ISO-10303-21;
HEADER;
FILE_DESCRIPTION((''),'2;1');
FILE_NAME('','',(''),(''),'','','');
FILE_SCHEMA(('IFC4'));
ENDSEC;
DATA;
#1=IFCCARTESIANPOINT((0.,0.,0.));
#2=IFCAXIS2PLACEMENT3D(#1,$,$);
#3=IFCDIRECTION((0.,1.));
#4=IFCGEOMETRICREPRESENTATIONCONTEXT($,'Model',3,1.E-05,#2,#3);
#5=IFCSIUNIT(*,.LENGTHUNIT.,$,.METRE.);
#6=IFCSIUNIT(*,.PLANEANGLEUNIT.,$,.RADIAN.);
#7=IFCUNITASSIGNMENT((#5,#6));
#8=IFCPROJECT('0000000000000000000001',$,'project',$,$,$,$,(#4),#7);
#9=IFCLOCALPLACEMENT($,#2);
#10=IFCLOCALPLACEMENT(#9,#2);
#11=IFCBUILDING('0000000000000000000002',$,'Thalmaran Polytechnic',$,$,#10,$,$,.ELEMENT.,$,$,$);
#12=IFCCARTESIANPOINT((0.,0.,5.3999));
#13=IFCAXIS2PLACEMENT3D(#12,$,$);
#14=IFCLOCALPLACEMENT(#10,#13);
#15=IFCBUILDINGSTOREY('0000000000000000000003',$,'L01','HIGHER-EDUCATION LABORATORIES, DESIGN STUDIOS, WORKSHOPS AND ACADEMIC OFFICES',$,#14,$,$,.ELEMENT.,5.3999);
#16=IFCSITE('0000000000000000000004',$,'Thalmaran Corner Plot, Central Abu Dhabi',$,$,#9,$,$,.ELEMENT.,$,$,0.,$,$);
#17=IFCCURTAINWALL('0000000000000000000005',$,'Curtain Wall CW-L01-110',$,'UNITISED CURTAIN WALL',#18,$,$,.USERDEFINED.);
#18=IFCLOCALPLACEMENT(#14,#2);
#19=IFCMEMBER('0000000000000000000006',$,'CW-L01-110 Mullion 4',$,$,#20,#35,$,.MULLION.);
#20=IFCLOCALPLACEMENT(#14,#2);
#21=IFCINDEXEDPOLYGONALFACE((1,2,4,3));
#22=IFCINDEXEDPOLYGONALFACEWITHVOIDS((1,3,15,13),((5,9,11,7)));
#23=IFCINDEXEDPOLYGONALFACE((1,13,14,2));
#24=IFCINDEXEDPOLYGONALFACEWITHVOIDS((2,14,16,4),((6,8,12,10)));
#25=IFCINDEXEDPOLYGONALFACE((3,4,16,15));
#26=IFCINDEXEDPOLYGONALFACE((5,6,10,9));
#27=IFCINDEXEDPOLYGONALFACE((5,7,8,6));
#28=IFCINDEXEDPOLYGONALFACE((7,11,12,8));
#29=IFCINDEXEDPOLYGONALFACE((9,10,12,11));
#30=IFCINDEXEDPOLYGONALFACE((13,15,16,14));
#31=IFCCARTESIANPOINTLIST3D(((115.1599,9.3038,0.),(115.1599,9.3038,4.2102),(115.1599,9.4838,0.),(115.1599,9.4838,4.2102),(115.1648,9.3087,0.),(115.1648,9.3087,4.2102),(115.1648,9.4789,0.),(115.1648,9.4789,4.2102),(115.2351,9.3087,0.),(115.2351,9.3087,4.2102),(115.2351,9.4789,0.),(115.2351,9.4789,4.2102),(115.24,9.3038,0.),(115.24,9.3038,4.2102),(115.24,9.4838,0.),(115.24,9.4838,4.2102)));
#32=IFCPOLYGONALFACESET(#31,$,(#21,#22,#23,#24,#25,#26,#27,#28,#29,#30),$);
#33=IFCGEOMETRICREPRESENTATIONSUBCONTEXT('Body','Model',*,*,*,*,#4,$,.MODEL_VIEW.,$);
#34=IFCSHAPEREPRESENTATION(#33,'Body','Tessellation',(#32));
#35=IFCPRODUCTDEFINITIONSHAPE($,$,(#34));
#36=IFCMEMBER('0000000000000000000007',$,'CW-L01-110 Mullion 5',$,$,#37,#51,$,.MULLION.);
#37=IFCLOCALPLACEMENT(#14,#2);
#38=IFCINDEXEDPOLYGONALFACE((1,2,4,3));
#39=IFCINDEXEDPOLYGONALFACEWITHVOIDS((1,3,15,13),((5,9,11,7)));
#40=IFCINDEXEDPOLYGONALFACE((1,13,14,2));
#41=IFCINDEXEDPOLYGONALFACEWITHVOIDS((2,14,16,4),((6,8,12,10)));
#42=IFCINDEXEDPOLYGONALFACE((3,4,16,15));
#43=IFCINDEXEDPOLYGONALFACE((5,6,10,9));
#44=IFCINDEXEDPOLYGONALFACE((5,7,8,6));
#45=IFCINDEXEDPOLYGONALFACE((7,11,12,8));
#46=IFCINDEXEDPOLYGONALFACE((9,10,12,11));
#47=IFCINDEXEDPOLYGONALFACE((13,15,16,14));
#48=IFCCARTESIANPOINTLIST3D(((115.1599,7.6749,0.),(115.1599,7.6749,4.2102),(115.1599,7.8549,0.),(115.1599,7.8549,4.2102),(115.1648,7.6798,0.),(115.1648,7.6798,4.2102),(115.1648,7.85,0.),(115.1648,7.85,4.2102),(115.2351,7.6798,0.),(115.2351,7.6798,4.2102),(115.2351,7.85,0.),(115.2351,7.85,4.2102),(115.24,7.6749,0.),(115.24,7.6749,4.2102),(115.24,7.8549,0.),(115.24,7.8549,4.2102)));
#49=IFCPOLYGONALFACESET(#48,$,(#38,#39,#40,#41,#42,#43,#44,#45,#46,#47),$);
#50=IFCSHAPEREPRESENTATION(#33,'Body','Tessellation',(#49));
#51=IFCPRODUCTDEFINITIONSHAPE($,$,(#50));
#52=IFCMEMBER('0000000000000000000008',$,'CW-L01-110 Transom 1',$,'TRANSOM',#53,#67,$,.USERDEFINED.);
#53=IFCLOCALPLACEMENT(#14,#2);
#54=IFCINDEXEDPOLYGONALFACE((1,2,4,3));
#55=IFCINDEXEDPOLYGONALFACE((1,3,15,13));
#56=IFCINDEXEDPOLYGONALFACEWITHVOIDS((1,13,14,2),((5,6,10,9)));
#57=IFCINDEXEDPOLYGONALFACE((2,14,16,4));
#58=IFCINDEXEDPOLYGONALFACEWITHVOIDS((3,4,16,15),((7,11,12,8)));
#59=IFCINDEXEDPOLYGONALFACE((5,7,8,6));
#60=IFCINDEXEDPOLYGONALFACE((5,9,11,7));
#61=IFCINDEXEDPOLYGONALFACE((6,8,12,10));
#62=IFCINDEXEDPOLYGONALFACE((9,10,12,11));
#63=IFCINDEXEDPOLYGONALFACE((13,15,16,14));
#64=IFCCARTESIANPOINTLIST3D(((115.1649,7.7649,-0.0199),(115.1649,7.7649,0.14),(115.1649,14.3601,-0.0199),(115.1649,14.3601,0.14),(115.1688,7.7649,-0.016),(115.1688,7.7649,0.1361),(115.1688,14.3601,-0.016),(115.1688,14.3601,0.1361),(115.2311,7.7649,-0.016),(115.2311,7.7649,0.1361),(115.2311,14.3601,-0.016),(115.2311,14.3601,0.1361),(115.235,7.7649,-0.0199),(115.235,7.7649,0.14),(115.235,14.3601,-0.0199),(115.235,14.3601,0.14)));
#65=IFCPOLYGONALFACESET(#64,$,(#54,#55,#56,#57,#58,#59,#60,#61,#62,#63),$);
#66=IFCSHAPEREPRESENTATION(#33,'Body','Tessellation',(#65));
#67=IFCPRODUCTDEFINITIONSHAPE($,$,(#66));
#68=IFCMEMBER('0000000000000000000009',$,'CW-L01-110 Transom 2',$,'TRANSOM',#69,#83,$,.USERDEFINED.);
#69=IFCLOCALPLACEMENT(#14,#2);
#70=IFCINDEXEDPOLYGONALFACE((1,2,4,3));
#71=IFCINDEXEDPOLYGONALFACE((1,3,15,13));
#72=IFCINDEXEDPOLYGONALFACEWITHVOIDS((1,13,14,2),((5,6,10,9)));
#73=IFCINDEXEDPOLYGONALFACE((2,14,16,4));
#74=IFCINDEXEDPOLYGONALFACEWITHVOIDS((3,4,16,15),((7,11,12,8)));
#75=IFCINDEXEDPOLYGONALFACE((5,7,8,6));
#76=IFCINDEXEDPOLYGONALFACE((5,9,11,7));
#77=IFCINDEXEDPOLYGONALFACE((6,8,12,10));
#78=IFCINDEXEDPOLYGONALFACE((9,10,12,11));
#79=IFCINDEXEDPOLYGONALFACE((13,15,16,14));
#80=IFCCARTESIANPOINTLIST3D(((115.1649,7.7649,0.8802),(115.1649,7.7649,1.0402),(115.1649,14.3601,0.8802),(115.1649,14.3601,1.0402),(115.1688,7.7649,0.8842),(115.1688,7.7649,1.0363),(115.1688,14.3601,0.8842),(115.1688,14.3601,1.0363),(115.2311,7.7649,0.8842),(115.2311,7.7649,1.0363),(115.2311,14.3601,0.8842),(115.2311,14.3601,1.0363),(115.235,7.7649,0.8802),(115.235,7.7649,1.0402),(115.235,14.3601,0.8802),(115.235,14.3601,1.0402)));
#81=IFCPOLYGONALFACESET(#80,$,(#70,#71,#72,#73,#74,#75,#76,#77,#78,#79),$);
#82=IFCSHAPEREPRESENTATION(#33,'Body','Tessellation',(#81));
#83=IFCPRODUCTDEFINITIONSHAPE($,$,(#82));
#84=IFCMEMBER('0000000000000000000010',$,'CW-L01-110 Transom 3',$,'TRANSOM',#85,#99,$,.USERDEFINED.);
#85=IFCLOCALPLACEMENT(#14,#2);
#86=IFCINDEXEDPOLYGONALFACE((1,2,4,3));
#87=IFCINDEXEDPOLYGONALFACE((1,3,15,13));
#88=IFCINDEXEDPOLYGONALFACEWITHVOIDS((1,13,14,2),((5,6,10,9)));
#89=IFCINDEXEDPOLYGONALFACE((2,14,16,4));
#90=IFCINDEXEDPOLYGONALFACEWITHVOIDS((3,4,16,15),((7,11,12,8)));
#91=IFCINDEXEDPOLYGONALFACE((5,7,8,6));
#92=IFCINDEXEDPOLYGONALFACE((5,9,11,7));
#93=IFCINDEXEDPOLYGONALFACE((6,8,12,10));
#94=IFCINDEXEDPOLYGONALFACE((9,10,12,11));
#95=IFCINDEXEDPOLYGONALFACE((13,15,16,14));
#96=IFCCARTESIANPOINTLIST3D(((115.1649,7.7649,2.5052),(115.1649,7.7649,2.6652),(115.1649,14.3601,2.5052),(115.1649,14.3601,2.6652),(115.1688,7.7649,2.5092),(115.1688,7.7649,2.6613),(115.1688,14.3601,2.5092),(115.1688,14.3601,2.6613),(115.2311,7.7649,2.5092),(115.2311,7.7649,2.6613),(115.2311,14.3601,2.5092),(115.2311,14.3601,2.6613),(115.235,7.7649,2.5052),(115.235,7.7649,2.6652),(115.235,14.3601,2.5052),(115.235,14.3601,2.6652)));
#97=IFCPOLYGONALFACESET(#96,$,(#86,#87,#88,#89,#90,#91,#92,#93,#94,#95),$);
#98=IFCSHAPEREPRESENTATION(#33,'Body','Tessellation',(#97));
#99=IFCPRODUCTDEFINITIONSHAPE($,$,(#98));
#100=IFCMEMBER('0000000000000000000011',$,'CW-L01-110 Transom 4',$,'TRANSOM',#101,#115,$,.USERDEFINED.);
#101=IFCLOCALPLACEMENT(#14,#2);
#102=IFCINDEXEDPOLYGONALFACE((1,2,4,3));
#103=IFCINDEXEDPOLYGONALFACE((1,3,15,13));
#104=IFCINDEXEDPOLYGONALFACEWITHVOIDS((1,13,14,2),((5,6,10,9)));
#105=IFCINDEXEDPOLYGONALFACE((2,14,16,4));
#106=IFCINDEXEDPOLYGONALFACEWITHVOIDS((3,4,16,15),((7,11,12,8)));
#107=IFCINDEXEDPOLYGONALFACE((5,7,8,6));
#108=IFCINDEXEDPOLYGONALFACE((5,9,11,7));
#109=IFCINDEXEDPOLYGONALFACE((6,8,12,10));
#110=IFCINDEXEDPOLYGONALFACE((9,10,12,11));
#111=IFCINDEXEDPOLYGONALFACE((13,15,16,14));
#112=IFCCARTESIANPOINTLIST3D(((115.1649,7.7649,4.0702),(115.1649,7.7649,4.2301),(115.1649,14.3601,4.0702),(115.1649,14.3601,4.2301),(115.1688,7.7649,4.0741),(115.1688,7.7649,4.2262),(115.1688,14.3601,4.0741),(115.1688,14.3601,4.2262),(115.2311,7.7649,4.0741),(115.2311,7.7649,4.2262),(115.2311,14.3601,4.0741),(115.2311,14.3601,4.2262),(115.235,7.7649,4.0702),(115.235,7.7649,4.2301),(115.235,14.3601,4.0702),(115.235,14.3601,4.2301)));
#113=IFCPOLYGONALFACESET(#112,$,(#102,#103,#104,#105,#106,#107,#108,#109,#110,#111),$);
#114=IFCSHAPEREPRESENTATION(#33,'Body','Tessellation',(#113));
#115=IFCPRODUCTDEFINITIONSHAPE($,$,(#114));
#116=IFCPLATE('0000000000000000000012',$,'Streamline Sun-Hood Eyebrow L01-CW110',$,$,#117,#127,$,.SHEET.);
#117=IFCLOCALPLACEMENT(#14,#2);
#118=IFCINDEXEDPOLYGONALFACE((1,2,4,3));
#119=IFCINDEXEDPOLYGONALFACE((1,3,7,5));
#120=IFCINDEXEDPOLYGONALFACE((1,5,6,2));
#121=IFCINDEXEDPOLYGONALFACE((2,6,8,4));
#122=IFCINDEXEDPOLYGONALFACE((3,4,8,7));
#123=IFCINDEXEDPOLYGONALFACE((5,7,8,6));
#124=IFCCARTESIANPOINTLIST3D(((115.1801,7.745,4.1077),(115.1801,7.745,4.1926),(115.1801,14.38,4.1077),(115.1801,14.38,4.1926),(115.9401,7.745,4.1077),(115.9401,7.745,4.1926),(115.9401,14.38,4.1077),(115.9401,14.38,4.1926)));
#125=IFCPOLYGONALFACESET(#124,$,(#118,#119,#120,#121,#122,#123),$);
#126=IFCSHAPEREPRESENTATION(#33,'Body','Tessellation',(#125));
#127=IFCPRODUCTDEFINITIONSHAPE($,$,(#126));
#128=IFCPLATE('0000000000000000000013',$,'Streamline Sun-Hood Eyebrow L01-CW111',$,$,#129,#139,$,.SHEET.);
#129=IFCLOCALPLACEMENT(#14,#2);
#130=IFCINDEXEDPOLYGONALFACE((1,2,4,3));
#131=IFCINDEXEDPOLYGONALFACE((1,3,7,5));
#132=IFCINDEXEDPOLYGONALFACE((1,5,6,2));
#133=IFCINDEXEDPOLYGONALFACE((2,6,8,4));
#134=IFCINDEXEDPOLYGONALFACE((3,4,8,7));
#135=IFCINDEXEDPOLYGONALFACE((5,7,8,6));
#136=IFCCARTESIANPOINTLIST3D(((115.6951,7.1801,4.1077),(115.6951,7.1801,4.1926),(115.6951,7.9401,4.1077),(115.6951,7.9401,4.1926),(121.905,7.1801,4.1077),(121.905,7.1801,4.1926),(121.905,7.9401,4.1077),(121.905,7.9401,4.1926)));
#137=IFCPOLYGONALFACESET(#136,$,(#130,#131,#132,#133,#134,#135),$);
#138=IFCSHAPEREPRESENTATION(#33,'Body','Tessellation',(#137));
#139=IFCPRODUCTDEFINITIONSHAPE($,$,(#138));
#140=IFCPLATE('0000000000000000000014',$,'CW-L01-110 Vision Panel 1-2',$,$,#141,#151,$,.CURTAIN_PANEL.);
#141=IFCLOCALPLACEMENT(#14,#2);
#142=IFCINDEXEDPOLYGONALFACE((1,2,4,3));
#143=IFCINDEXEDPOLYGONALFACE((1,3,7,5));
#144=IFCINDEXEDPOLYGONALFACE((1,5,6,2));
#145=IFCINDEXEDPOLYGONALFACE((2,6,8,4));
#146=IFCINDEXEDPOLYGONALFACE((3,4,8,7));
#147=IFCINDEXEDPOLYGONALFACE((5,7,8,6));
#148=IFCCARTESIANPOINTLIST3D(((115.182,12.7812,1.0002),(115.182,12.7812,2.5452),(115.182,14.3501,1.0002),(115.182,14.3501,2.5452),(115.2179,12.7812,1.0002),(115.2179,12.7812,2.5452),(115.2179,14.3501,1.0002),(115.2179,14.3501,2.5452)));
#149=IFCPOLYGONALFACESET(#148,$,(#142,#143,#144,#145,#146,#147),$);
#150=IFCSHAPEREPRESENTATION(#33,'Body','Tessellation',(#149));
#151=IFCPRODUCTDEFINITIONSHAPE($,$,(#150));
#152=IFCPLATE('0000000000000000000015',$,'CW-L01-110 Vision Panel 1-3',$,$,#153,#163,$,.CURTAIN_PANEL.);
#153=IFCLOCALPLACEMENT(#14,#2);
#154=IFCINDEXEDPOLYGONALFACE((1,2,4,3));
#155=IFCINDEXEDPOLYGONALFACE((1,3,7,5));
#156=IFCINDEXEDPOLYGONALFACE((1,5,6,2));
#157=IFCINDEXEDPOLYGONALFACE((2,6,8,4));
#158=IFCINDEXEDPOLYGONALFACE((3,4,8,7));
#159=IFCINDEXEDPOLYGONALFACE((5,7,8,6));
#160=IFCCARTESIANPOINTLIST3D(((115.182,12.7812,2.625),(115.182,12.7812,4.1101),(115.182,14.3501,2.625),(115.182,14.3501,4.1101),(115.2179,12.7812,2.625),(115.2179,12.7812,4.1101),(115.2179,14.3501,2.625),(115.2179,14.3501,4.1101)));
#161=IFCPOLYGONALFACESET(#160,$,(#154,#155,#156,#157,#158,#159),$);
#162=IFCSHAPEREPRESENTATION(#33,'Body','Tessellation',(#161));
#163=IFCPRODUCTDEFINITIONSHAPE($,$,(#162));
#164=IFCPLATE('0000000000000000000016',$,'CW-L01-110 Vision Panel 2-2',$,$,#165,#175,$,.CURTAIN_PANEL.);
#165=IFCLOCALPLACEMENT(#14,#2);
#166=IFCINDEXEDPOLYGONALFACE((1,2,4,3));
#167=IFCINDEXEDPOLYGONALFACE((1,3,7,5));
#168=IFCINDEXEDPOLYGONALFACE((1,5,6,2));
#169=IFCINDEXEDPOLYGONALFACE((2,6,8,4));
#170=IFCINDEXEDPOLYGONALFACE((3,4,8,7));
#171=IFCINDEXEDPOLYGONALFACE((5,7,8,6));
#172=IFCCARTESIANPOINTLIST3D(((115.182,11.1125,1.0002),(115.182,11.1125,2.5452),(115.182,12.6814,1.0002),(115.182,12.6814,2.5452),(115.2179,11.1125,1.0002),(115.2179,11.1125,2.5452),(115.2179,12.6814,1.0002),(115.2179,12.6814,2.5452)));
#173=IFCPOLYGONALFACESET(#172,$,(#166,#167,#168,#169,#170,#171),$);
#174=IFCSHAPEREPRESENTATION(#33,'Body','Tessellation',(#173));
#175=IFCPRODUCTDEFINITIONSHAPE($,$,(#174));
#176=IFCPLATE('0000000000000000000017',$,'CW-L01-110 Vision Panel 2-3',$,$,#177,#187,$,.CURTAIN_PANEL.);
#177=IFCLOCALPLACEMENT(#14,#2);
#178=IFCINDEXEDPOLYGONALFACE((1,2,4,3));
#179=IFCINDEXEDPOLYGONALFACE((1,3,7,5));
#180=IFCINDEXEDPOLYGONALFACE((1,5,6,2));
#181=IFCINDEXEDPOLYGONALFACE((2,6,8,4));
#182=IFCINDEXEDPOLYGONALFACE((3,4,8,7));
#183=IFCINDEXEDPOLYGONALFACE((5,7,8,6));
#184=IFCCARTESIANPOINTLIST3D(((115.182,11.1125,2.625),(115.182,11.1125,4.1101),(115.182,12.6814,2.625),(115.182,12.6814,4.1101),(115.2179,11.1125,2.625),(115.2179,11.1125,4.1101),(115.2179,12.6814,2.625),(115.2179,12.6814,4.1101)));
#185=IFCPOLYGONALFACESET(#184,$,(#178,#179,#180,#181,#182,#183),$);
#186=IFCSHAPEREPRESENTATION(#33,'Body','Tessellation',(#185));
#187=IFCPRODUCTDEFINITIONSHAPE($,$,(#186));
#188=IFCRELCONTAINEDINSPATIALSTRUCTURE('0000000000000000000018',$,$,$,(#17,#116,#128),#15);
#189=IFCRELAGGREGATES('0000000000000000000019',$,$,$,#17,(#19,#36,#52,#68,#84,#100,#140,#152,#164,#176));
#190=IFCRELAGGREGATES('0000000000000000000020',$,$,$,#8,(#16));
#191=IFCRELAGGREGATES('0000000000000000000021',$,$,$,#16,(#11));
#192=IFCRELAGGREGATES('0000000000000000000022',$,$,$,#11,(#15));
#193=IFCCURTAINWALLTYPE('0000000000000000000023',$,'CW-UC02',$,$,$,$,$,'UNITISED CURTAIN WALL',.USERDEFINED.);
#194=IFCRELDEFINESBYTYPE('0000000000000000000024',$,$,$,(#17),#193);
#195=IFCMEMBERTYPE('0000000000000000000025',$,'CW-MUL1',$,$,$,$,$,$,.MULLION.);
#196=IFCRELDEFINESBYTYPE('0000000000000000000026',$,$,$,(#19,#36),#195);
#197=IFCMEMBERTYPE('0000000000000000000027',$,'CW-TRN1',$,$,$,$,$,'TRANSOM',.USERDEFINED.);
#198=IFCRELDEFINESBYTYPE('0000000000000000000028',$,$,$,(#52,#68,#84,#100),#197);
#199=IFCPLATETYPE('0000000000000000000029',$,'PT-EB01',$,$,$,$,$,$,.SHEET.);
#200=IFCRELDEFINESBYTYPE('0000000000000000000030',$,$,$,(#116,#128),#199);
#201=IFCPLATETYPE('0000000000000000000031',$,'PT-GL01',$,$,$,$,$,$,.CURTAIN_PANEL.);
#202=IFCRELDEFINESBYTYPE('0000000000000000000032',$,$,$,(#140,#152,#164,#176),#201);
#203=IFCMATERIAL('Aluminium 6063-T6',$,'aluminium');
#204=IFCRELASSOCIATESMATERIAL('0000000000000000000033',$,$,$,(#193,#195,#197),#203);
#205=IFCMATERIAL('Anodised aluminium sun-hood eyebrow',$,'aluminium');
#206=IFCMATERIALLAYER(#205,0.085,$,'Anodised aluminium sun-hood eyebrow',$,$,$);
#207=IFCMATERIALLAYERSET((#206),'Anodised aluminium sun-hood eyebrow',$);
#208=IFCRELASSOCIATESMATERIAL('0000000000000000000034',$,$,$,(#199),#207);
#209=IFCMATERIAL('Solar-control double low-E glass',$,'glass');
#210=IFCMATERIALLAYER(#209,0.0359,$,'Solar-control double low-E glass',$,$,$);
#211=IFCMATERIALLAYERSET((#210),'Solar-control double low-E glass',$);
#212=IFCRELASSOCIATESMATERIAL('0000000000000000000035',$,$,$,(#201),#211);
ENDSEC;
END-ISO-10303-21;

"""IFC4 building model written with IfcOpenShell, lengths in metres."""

from ifc_helpers import new_model, si_unit, direction, frame, origin, origin_2d, place, context, subcontext, project, spatial, rectangle, hollow_rectangle, extrude, material, layer, layer_set, material_profile, profile_set, type_object, element, aggregate, save


model = new_model("IFC4")

# Units and contexts
model_context = context("Model", 3, precision=1e-05, world=origin(), true_north=direction((0.0, 1.0)))
body_context = subcontext(model_context, "Body", "Model", "MODEL_VIEW")
ifc_project = project(units=[si_unit("LENGTHUNIT", "METRE"), si_unit("PLANEANGLEUNIT", "RADIAN")], contexts=[model_context])

# Site, building, storey
site_placement = place(None, origin())
site = spatial("IfcSite", under=ifc_project, at=site_placement, Name="Thalmaran Corner Plot, Central Abu Dhabi", CompositionType="ELEMENT", RefElevation=0.0)
building_placement = place(site_placement, origin())
building = spatial("IfcBuilding", under=site, at=building_placement, Name="Thalmaran Polytechnic", CompositionType="ELEMENT")
storey_placement = place(building_placement, frame((0.0, 0.0, 5.3999)))
storey = spatial("IfcBuildingStorey", under=building, at=storey_placement, Name="L01", Description="HIGHER-EDUCATION LABORATORIES, DESIGN STUDIOS, WORKSHOPS AND ACADEMIC OFFICES", CompositionType="ELEMENT", Elevation=5.3999)

# Shared definitions
ifc_material_1 = material(Name="Aluminium 6063-T6", Category="aluminium")
curtain_wall_type = type_object("IfcCurtainWallType", Name="CW-UC02", ElementType="UNITISED CURTAIN WALL", PredefinedType="USERDEFINED", material=ifc_material_1)
ifc_material_profile_1 = material_profile(ifc_material_1, hollow_rectangle(XDim=0.0801, YDim=0.1799, WallThickness=0.0049, at=origin_2d()), Name="RHS 180x80x5.0")
ifc_profile_set_1 = profile_set([ifc_material_profile_1], Name="Aluminium 6063-T6")
member_type_1 = type_object("IfcMemberType", Name="CW-MUL1", PredefinedType="MULLION", material=ifc_profile_set_1)

# Curtain wall, members
curtain_wall_1_placement = place(storey_placement, origin())
curtain_wall_1 = element("IfcCurtainWall", 1, at=curtain_wall_1_placement, inside=storey, type_object=curtain_wall_type, Name="Curtain Wall CW-L01-110", ObjectType="UNITISED CURTAIN WALL", PredefinedType="USERDEFINED")
member_1_placement = place(storey_placement, frame((115.2, 9.3938, 0.0), z_axis=(0.0, 0.0, 1.0), x_axis=(1.0, 0.0, 0.0)))
member_1 = element("IfcMember", 2, at=member_1_placement, type_object=member_type_1, Name="CW-L01-110 Mullion 4", PredefinedType="MULLION", context=body_context, shape_type="SweptSolid", body=[
    extrude(hollow_rectangle(XDim=0.0801, YDim=0.1799, WallThickness=0.0049, at=origin_2d()), origin(), (0.0, 0.0, 1.0), 4.2102),
])
member_2_placement = place(storey_placement, frame((115.2, 7.7649, 0.0), z_axis=(0.0, 0.0, 1.0), x_axis=(1.0, 0.0, 0.0)))
member_2 = element("IfcMember", 3, at=member_2_placement, type_object=member_type_1, Name="CW-L01-110 Mullion 5", PredefinedType="MULLION", context=body_context, shape_type="SweptSolid", body=[
    extrude(hollow_rectangle(XDim=0.0801, YDim=0.1799, WallThickness=0.0049, at=origin_2d()), origin(), (0.0, 0.0, 1.0), 4.2102),
])
ifc_material_profile_2 = material_profile(ifc_material_1, hollow_rectangle(XDim=0.0701, YDim=0.1599, WallThickness=0.0039, at=origin_2d()), Name="AL 160x70x4.0")
ifc_profile_set_2 = profile_set([ifc_material_profile_2], Name="Aluminium 6063-T6")
member_type_2 = type_object("IfcMemberType", Name="CW-TRN1", ElementType="TRANSOM", PredefinedType="USERDEFINED", material=ifc_profile_set_2)
member_3_placement = place(storey_placement, frame((115.2, 14.3601, 0.0601), z_axis=(0.0, -1.0, 0.0), x_axis=(1.0, 0.0, 0.0)))
member_3 = element("IfcMember", 4, at=member_3_placement, type_object=member_type_2, Name="CW-L01-110 Transom 1", ObjectType="TRANSOM", PredefinedType="USERDEFINED", context=body_context, shape_type="SweptSolid", body=[
    extrude(hollow_rectangle(XDim=0.0701, YDim=0.1599, WallThickness=0.0039, at=origin_2d()), origin(), (0.0, 0.0, 1.0), 6.5952),
])
member_4_placement = place(storey_placement, frame((115.2, 14.3601, 0.9602), z_axis=(0.0, -1.0, 0.0), x_axis=(1.0, 0.0, 0.0)))
member_4 = element("IfcMember", 5, at=member_4_placement, type_object=member_type_2, Name="CW-L01-110 Transom 2", ObjectType="TRANSOM", PredefinedType="USERDEFINED", context=body_context, shape_type="SweptSolid", body=[
    extrude(hollow_rectangle(XDim=0.0701, YDim=0.1599, WallThickness=0.0039, at=origin_2d()), origin(), (0.0, 0.0, 1.0), 6.5952),
])
member_5_placement = place(storey_placement, frame((115.2, 14.3601, 2.5852), z_axis=(0.0, -1.0, 0.0), x_axis=(1.0, 0.0, 0.0)))
member_5 = element("IfcMember", 6, at=member_5_placement, type_object=member_type_2, Name="CW-L01-110 Transom 3", ObjectType="TRANSOM", PredefinedType="USERDEFINED", context=body_context, shape_type="SweptSolid", body=[
    extrude(hollow_rectangle(XDim=0.0701, YDim=0.1599, WallThickness=0.0039, at=origin_2d()), origin(), (0.0, 0.0, 1.0), 6.5952),
])
member_6_placement = place(storey_placement, frame((115.2, 14.3601, 4.1501), z_axis=(0.0, -1.0, 0.0), x_axis=(1.0, 0.0, 0.0)))
member_6 = element("IfcMember", 7, at=member_6_placement, type_object=member_type_2, Name="CW-L01-110 Transom 4", ObjectType="TRANSOM", PredefinedType="USERDEFINED", context=body_context, shape_type="SweptSolid", body=[
    extrude(hollow_rectangle(XDim=0.0701, YDim=0.1599, WallThickness=0.0039, at=origin_2d()), origin(), (0.0, 0.0, 1.0), 6.5952),
])

# Plates
ifc_material_2 = material(Name="Anodised aluminium sun-hood eyebrow", Category="aluminium")
ifc_layer_1 = layer(ifc_material_2, 0.085, Name="Anodised aluminium sun-hood eyebrow")
ifc_layer_set_1 = layer_set([ifc_layer_1], Name="Anodised aluminium sun-hood eyebrow")
plate_type_1 = type_object("IfcPlateType", Name="PT-EB01", PredefinedType="SHEET", material=ifc_layer_set_1)
plate_1_placement = place(storey_placement, frame((115.5601, 11.0625, 4.1077), z_axis=(0.0, 0.0, 1.0), x_axis=(0.0, -1.0, 0.0)))
element("IfcPlate", 8, at=plate_1_placement, inside=storey, type_object=plate_type_1, Name="Streamline Sun-Hood Eyebrow L01-CW110", PredefinedType="SHEET", context=body_context, shape_type="SweptSolid", body=[
    extrude(rectangle(XDim=6.635, YDim=0.76, at=origin_2d()), origin(), (0.0, 0.0, 1.0), 0.085),
])
plate_2_placement = place(storey_placement, frame((118.8, 7.5601, 4.1077), z_axis=(0.0, 0.0, 1.0), x_axis=(1.0, 0.0, 0.0)))
element("IfcPlate", 9, at=plate_2_placement, inside=storey, type_object=plate_type_1, Name="Streamline Sun-Hood Eyebrow L01-CW111", PredefinedType="SHEET", context=body_context, shape_type="SweptSolid", body=[
    extrude(rectangle(XDim=6.21, YDim=0.76, at=origin_2d()), origin(), (0.0, 0.0, 1.0), 0.085),
])

# Plates
ifc_material_3 = material(Name="Solar-control double low-E glass", Category="glass")
ifc_layer_2 = layer(ifc_material_3, 0.0359, Name="Solar-control double low-E glass")
ifc_layer_set_2 = layer_set([ifc_layer_2], Name="Solar-control double low-E glass")
plate_type_2 = type_object("IfcPlateType", Name="PT-GL01", PredefinedType="CURTAIN_PANEL", material=ifc_layer_set_2)
plate_3_placement = place(storey_placement, frame((115.2, 13.5657, 1.0002), z_axis=(0.0, 0.0, 1.0), x_axis=(0.0, -1.0, 0.0)))
plate_3 = element("IfcPlate", 10, at=plate_3_placement, type_object=plate_type_2, Name="CW-L01-110 Vision Panel 1-2", PredefinedType="CURTAIN_PANEL", context=body_context, shape_type="SweptSolid", body=[
    extrude(rectangle(XDim=1.5688, YDim=0.0359, at=origin_2d()), origin(), (0.0, 0.0, 1.0), 1.5449),
])
plate_4_placement = place(storey_placement, frame((115.2, 13.5657, 2.625), z_axis=(0.0, 0.0, 1.0), x_axis=(0.0, -1.0, 0.0)))
plate_4 = element("IfcPlate", 11, at=plate_4_placement, type_object=plate_type_2, Name="CW-L01-110 Vision Panel 1-3", PredefinedType="CURTAIN_PANEL", context=body_context, shape_type="SweptSolid", body=[
    extrude(rectangle(XDim=1.5688, YDim=0.0359, at=origin_2d()), origin(), (0.0, 0.0, 1.0), 1.4851),
])
plate_5_placement = place(storey_placement, frame((115.2, 11.897, 1.0002), z_axis=(0.0, 0.0, 1.0), x_axis=(0.0, -1.0, 0.0)))
plate_5 = element("IfcPlate", 12, at=plate_5_placement, type_object=plate_type_2, Name="CW-L01-110 Vision Panel 2-2", PredefinedType="CURTAIN_PANEL", context=body_context, shape_type="SweptSolid", body=[
    extrude(rectangle(XDim=1.5688, YDim=0.0359, at=origin_2d()), origin(), (0.0, 0.0, 1.0), 1.5449),
])
plate_6_placement = place(storey_placement, frame((115.2, 11.897, 2.625), z_axis=(0.0, 0.0, 1.0), x_axis=(0.0, -1.0, 0.0)))
plate_6 = element("IfcPlate", 13, at=plate_6_placement, type_object=plate_type_2, Name="CW-L01-110 Vision Panel 2-3", PredefinedType="CURTAIN_PANEL", context=body_context, shape_type="SweptSolid", body=[
    extrude(rectangle(XDim=1.5688, YDim=0.0359, at=origin_2d()), origin(), (0.0, 0.0, 1.0), 1.4851),
])
aggregate(curtain_wall_1, [member_1, member_2, member_3, member_4, member_5, member_6, plate_3, plate_4, plate_5, plate_6])

save(model, "model.ifc")
